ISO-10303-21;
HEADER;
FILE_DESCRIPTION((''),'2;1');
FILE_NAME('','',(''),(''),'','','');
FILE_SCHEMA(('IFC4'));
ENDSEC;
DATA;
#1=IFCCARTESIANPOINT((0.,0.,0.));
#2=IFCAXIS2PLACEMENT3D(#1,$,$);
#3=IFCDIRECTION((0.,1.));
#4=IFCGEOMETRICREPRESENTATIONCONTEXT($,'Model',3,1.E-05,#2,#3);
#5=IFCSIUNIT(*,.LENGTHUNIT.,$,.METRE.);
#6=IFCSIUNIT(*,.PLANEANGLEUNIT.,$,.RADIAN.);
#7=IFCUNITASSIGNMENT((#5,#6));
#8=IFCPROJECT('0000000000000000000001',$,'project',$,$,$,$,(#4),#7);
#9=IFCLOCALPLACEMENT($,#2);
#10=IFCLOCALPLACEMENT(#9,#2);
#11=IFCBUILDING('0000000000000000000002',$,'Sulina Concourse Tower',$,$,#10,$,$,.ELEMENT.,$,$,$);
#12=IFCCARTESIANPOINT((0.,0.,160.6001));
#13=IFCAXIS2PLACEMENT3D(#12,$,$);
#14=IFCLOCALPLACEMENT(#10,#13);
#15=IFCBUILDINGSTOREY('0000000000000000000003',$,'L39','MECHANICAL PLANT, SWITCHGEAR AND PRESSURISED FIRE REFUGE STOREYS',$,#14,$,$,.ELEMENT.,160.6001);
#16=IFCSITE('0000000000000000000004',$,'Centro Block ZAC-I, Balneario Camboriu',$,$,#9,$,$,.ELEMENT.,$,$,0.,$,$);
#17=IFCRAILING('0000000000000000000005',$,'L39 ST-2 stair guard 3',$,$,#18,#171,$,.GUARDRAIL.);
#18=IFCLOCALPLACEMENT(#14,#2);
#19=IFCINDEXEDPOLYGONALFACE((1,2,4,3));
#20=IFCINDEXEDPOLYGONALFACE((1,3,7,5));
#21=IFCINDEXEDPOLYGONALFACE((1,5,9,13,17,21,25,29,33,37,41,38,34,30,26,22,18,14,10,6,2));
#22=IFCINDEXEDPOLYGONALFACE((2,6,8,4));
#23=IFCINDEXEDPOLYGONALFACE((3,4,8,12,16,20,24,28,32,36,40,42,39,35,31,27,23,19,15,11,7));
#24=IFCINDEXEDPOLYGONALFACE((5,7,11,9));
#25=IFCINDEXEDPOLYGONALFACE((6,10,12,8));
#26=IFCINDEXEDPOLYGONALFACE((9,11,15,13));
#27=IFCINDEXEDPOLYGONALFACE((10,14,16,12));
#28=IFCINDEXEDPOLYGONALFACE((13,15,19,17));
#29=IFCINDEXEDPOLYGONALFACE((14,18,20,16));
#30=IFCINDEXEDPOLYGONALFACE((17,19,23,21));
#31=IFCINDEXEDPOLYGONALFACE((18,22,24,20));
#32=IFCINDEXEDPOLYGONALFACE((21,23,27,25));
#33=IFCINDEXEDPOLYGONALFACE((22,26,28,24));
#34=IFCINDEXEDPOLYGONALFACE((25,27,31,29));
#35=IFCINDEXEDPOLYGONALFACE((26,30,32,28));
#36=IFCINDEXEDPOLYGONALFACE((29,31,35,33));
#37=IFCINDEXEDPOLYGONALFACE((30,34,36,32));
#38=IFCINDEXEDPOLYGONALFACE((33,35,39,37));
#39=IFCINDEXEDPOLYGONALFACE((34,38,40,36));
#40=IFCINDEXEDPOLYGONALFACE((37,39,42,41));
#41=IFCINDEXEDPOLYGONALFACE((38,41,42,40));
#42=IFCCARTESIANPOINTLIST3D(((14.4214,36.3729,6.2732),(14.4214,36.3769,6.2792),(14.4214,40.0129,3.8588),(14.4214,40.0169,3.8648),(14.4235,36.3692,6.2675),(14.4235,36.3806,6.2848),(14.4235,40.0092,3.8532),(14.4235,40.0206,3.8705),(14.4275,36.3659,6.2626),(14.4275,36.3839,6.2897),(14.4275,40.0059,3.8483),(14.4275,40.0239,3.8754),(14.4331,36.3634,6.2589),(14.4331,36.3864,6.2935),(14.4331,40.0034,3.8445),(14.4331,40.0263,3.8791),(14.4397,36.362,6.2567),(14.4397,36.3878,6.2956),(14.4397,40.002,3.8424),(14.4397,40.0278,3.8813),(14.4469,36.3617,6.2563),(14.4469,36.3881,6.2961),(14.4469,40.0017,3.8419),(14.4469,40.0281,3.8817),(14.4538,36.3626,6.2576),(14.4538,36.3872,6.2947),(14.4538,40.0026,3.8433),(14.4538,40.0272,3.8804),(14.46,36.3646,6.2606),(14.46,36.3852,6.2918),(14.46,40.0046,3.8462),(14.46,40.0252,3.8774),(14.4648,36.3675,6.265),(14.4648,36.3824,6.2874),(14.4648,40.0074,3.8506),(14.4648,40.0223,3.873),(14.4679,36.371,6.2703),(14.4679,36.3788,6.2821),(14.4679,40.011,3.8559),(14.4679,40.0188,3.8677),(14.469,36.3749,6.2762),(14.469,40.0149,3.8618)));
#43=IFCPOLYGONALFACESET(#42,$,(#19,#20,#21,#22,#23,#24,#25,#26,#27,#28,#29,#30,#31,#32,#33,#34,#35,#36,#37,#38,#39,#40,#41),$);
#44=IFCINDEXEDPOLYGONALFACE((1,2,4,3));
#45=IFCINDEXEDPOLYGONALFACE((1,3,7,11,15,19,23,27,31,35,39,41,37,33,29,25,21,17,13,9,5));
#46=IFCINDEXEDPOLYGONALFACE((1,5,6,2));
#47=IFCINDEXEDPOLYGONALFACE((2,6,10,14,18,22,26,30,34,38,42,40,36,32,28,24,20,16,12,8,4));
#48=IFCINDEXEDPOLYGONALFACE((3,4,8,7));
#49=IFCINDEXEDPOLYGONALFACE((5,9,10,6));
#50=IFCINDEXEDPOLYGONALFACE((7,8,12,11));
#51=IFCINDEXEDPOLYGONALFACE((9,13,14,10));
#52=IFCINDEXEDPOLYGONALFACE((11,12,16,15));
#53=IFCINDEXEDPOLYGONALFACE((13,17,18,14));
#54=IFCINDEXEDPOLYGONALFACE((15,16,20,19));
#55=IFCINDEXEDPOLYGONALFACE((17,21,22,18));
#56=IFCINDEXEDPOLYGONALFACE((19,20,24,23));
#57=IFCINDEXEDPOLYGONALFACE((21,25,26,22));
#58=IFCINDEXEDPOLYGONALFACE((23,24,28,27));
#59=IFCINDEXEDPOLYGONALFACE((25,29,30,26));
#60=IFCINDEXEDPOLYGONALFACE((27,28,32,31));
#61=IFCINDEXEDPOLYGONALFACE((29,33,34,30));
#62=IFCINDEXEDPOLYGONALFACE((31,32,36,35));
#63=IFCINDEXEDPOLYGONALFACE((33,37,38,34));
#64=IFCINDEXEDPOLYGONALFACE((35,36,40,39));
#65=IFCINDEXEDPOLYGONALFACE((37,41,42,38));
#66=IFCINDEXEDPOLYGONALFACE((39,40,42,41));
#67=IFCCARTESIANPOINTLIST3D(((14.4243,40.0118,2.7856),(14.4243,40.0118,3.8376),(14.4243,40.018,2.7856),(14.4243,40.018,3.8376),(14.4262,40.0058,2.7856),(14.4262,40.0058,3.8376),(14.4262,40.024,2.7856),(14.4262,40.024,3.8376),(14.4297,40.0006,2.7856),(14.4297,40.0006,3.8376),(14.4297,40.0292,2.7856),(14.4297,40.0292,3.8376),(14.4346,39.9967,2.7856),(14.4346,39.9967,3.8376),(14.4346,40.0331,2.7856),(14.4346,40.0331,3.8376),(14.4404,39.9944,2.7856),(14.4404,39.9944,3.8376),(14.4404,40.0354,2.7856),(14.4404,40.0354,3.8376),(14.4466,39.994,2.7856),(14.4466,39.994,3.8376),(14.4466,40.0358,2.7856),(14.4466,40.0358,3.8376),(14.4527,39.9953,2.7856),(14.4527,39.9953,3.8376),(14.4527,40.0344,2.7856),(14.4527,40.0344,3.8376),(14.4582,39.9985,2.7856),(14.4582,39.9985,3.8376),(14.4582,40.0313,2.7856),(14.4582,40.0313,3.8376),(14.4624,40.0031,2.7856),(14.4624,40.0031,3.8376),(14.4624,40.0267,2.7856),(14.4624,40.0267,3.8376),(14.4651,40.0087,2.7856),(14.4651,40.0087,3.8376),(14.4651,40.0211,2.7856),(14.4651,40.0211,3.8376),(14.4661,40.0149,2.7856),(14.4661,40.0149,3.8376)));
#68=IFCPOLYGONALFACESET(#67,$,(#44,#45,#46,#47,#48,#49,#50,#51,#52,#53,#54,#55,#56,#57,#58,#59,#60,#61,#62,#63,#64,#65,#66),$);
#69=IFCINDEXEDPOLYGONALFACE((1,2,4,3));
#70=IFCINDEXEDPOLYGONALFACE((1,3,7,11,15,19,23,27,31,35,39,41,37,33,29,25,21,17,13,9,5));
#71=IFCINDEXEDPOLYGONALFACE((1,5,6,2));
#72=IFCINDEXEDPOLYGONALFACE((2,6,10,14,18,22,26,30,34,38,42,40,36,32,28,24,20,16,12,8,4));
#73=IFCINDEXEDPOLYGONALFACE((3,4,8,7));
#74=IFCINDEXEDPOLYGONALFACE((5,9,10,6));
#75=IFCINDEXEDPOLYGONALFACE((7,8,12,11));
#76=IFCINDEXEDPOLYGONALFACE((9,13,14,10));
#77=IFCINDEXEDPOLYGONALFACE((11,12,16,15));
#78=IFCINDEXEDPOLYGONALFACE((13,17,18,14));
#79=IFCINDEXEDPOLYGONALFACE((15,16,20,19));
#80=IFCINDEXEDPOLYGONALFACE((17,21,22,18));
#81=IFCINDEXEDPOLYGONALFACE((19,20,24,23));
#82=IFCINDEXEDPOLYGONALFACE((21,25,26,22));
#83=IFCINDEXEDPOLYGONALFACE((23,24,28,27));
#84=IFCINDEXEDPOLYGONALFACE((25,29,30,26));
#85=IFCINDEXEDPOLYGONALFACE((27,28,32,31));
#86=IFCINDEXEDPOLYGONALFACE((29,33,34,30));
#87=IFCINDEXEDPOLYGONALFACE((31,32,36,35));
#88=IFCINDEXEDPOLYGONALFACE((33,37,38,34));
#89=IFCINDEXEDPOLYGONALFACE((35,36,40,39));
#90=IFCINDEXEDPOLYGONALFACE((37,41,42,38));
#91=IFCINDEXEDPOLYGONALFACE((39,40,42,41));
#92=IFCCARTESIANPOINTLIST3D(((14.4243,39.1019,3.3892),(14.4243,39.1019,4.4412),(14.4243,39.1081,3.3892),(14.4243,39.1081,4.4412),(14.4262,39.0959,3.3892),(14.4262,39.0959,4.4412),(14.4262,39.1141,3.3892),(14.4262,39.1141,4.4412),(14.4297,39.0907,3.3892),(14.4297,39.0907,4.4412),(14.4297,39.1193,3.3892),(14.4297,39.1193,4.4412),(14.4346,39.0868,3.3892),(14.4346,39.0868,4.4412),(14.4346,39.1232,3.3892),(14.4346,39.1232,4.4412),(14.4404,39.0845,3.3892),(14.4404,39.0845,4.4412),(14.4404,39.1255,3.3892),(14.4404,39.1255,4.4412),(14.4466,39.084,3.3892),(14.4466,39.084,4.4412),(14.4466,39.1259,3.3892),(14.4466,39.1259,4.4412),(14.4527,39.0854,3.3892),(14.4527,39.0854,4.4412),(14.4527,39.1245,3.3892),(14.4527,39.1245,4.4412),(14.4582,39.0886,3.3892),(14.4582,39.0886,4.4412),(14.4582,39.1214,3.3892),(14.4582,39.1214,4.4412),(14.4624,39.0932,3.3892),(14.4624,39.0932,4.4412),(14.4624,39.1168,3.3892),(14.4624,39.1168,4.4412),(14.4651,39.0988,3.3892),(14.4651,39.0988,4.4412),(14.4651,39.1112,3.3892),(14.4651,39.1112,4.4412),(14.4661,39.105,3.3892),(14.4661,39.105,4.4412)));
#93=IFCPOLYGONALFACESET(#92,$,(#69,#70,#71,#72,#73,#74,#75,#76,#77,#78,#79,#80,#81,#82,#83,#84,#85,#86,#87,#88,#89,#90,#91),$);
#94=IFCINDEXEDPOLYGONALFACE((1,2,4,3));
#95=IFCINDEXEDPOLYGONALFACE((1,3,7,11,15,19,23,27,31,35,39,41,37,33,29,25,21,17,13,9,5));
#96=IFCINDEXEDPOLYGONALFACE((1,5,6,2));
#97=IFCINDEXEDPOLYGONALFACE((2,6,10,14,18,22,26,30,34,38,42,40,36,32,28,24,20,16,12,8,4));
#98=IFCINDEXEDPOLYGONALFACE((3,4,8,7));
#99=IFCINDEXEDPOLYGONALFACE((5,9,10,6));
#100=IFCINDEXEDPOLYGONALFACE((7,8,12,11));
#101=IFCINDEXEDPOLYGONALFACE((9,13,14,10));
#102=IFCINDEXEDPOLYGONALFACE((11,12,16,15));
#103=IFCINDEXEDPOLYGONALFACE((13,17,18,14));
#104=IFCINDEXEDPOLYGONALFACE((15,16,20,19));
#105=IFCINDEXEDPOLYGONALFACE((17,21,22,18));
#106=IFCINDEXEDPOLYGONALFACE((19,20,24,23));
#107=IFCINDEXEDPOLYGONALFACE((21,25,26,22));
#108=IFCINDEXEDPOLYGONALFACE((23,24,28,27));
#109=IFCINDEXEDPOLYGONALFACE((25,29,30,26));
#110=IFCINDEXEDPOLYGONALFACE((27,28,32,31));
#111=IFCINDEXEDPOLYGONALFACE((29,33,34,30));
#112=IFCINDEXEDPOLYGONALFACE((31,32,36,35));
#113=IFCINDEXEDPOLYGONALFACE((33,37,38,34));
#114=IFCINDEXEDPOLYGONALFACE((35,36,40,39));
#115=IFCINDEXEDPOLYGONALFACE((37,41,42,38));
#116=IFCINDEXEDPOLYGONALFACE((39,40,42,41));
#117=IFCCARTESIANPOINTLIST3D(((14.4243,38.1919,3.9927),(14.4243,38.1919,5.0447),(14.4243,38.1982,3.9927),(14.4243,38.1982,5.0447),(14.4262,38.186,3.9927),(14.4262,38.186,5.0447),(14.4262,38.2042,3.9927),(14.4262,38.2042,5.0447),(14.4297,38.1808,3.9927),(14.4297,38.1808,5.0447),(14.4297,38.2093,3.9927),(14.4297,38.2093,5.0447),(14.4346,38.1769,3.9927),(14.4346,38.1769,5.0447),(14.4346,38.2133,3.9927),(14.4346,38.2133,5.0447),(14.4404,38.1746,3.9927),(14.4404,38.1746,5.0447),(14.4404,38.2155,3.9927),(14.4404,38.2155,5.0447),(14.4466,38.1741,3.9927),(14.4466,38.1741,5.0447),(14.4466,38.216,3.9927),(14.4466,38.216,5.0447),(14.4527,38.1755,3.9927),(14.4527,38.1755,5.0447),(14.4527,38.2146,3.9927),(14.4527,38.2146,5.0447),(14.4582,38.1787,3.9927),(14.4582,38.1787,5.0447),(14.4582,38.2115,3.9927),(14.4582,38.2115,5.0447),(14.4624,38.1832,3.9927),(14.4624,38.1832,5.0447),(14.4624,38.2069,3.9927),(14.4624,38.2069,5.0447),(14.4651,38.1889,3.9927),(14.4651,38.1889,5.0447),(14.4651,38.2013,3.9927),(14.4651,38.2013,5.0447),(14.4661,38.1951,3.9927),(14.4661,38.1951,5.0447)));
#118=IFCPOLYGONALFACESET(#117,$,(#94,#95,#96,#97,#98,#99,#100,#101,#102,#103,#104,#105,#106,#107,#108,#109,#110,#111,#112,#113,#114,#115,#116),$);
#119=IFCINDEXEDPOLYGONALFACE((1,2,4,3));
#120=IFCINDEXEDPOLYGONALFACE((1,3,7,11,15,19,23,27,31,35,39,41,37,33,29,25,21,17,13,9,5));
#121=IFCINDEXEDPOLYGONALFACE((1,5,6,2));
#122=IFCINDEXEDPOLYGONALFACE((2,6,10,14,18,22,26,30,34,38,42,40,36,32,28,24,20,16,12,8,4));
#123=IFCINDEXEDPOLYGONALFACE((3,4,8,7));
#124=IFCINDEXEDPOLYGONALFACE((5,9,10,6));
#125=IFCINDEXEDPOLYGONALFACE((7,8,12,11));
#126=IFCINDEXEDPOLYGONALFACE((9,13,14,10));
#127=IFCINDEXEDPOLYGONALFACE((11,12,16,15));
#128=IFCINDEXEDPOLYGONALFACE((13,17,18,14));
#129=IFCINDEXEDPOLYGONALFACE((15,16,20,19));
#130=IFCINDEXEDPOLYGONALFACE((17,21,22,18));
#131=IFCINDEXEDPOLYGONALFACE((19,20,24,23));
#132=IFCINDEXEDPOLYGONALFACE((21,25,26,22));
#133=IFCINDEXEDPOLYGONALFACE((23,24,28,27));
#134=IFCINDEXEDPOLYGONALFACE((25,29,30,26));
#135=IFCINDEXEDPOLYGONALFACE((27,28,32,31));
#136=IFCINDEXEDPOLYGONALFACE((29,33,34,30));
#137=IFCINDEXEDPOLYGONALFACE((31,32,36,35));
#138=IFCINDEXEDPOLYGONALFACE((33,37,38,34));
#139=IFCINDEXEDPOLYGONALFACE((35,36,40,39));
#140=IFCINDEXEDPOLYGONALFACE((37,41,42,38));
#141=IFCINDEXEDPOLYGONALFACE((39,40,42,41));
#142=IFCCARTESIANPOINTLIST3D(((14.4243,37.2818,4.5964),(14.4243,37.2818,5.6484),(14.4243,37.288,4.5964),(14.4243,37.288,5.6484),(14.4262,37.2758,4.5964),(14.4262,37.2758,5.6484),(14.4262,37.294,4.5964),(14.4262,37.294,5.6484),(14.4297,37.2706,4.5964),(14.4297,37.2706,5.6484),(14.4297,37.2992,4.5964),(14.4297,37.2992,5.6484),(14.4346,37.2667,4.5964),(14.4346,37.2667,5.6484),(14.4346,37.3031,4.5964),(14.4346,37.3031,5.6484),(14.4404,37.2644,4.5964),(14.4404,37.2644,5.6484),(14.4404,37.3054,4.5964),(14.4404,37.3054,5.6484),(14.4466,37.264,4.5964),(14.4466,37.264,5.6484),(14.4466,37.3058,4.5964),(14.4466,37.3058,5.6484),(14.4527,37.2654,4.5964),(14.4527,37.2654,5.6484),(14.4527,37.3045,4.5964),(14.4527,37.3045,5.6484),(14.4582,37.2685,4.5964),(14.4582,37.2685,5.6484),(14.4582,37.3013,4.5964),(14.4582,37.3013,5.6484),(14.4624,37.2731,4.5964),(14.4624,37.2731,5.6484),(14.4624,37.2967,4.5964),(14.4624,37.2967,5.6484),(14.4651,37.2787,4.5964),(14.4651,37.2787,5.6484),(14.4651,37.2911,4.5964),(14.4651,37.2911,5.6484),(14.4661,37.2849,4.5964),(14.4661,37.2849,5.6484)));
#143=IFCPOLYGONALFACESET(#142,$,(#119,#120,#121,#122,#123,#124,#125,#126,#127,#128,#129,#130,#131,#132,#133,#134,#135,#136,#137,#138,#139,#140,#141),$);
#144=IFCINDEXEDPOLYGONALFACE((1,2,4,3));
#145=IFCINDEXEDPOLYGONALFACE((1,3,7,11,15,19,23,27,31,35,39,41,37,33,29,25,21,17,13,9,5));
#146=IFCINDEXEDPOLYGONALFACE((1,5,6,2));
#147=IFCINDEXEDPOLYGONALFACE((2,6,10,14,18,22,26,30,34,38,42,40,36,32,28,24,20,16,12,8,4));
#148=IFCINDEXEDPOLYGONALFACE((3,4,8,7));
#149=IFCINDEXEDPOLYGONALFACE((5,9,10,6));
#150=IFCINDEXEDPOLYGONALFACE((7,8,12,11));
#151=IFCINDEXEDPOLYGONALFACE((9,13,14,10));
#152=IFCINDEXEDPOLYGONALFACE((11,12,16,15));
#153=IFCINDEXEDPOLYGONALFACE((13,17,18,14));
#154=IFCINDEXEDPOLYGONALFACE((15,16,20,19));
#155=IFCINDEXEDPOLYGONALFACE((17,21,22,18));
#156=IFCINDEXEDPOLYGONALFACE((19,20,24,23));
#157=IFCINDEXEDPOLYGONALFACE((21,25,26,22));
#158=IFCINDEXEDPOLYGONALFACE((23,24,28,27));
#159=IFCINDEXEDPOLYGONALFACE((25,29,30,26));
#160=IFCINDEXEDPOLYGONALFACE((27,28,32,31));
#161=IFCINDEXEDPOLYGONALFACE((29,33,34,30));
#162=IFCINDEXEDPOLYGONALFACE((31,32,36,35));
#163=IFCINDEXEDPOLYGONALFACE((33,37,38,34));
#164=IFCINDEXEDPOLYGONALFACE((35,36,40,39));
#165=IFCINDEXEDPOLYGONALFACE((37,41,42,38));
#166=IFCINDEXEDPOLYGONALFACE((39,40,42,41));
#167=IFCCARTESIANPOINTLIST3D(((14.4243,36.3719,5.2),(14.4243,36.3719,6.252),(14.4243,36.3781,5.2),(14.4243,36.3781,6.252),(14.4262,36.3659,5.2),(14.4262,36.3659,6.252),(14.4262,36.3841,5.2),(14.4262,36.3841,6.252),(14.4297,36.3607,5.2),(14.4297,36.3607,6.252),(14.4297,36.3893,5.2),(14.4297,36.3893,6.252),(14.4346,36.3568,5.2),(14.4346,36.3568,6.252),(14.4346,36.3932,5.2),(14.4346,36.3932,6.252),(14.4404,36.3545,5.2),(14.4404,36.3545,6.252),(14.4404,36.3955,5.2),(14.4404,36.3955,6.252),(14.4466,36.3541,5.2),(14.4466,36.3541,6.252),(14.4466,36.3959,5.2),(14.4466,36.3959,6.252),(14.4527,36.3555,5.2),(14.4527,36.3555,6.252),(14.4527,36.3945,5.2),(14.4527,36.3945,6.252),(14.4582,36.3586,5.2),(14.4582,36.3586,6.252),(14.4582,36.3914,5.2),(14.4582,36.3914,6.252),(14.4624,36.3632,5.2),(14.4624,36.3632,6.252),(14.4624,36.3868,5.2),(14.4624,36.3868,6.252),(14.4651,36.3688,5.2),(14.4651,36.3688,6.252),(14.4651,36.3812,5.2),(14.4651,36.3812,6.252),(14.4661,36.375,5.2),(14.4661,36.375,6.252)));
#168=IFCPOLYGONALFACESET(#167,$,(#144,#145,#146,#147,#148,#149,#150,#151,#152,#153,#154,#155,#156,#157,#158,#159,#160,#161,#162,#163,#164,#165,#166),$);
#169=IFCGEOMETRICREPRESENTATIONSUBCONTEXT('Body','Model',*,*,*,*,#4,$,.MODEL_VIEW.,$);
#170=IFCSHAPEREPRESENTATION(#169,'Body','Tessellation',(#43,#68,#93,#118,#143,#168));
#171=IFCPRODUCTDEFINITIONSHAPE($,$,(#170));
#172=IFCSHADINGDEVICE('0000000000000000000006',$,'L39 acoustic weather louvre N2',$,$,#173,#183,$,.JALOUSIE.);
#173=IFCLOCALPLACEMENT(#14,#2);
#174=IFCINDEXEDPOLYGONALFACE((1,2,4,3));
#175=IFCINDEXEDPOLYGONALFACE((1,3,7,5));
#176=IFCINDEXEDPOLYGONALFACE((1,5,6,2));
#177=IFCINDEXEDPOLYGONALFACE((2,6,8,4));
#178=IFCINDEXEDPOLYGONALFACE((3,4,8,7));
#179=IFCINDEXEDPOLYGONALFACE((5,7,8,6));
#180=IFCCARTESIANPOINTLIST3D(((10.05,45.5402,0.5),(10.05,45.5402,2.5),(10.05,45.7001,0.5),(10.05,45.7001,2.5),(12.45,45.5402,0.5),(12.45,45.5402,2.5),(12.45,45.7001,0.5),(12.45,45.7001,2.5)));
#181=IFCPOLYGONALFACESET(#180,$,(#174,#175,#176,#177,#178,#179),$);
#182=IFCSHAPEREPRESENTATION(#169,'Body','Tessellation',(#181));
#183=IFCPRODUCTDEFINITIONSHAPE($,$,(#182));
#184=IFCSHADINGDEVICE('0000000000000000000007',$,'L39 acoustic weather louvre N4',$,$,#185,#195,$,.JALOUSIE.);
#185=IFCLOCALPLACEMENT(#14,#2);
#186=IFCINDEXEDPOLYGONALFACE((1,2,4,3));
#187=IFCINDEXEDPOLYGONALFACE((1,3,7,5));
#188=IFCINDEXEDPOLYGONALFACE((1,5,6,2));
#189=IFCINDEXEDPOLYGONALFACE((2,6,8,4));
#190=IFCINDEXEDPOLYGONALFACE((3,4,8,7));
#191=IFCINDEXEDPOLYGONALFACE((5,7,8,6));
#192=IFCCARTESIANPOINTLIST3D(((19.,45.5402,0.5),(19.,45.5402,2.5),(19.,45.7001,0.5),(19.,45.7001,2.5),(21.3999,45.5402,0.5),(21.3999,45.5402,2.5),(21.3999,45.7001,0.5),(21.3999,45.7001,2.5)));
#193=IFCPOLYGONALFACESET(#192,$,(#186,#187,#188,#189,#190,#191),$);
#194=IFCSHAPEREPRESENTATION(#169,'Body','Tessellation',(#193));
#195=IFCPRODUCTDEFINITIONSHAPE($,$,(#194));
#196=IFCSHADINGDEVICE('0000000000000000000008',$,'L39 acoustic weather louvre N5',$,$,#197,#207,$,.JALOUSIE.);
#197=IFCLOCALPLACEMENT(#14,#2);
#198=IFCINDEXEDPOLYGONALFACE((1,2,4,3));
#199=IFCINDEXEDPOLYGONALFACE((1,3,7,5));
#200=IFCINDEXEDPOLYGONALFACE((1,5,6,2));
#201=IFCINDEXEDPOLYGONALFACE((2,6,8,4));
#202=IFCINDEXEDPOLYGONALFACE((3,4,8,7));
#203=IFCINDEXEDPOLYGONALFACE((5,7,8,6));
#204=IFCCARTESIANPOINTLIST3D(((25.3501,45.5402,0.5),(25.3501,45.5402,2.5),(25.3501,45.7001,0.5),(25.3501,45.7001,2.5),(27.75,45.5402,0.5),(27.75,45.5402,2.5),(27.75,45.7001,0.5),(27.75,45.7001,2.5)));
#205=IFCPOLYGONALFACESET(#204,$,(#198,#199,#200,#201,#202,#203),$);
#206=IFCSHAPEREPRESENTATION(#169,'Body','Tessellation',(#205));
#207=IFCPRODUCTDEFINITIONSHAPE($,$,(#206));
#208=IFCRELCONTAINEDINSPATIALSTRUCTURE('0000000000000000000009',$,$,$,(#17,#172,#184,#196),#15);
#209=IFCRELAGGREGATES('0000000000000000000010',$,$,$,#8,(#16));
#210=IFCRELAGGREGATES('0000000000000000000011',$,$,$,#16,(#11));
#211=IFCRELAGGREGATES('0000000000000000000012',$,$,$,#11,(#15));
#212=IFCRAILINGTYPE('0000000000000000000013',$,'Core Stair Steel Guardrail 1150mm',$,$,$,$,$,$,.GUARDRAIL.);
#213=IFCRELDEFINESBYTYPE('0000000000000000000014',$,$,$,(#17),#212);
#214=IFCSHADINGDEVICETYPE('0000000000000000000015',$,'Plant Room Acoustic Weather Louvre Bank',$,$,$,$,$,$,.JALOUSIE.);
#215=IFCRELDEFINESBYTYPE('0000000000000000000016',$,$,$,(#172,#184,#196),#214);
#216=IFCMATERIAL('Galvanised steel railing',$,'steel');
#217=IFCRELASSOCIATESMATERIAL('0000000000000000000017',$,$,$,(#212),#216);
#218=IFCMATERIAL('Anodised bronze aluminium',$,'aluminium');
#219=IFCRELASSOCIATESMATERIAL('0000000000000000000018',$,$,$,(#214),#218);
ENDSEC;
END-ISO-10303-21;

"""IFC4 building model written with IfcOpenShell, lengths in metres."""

from ifc_helpers import new_model, si_unit, direction, frame, origin, origin_2d, place, context, subcontext, project, spatial, rectangle, circle, extrude, material, type_object, element, save


model = new_model("IFC4")

# Units and contexts
model_context = context("Model", 3, precision=1e-05, world=origin(), true_north=direction((0.0, 1.0)))
body_context = subcontext(model_context, "Body", "Model", "MODEL_VIEW")
ifc_project = project(units=[si_unit("LENGTHUNIT", "METRE"), si_unit("PLANEANGLEUNIT", "RADIAN")], contexts=[model_context])

# Site, building, storey
site_placement = place(None, origin())
site = spatial("IfcSite", under=ifc_project, at=site_placement, Name="Centro Block ZAC-I, Balneario Camboriu", CompositionType="ELEMENT", RefElevation=0.0)
building_placement = place(site_placement, origin())
building = spatial("IfcBuilding", under=site, at=building_placement, Name="Sulina Concourse Tower", CompositionType="ELEMENT")
storey_placement = place(building_placement, frame((0.0, 0.0, 160.6001)))
storey = spatial("IfcBuildingStorey", under=building, at=storey_placement, Name="L39", Description="MECHANICAL PLANT, SWITCHGEAR AND PRESSURISED FIRE REFUGE STOREYS", CompositionType="ELEMENT", Elevation=160.6001)

# Railing
ifc_material_1 = material(Name="Galvanised steel railing", Category="steel")
railing_type_1 = type_object("IfcRailingType", Name="Core Stair Steel Guardrail 1150mm", PredefinedType="GUARDRAIL", material=ifc_material_1)
railing_1_placement = place(storey_placement, frame((14.4451, 40.0149, 2.7856)))
element("IfcRailing", 1, at=railing_1_placement, inside=storey, type_object=railing_type_1, Name="L39 ST-2 stair guard 3", PredefinedType="GUARDRAIL", context=body_context, shape_type="SweptSolid", body=[
    extrude(circle(Radius=0.0239, at=origin_2d()), frame((0.0, 0.0, 1.0762), z_axis=(0.0, -0.833347, 0.552751), x_axis=(1.0, 0.0, 0.0)), (0.0, 0.0, 1.0), 4.3679),
    extrude(circle(Radius=0.021, at=origin_2d()), origin(), (0.0, 0.0, 1.0), 1.052),
    extrude(circle(Radius=0.021, at=origin_2d()), frame((0.0, -0.9099, 0.6035)), (0.0, 0.0, 1.0), 1.052),
    extrude(circle(Radius=0.021, at=origin_2d()), frame((0.0, -1.8198, 1.207)), (0.0, 0.0, 1.0), 1.052),
    extrude(circle(Radius=0.021, at=origin_2d()), frame((0.0, -2.73, 1.8108)), (0.0, 0.0, 1.0), 1.052),
    extrude(circle(Radius=0.021, at=origin_2d()), frame((0.0, -3.6399, 2.4143)), (0.0, 0.0, 1.0), 1.052),
])

# Shading devices
ifc_material_2 = material(Name="Anodised bronze aluminium", Category="aluminium")
shading_device_type = type_object("IfcShadingDeviceType", Name="Plant Room Acoustic Weather Louvre Bank", PredefinedType="JALOUSIE", material=ifc_material_2)
for number, where, z_axis, x_axis, name in (
    (2, (11.25, 45.6201, 0.5), (0.0, 0.0, 1.0), (1.0, 0.0, 0.0), "L39 acoustic weather louvre N2"),
    (3, (20.2, 45.6201, 0.5), (0.0, 0.0, 1.0), (1.0, 0.0, 0.0), "L39 acoustic weather louvre N4"),
    (4, (26.55, 45.6201, 0.5), (0.0, 0.0, 1.0), (1.0, 0.0, 0.0), "L39 acoustic weather louvre N5"),
):
    element("IfcShadingDevice", number, at=place(storey_placement, frame(where, z_axis=z_axis, x_axis=x_axis)), inside=storey, type_object=shading_device_type, Name=name, PredefinedType="JALOUSIE", context=body_context, shape_type="SweptSolid", body=[
        extrude(rectangle(XDim=2.3999, YDim=0.1599, at=origin_2d()), origin(), (0.0, 0.0, 1.0), 2.0),
    ])

save(model, "model.ifc")
